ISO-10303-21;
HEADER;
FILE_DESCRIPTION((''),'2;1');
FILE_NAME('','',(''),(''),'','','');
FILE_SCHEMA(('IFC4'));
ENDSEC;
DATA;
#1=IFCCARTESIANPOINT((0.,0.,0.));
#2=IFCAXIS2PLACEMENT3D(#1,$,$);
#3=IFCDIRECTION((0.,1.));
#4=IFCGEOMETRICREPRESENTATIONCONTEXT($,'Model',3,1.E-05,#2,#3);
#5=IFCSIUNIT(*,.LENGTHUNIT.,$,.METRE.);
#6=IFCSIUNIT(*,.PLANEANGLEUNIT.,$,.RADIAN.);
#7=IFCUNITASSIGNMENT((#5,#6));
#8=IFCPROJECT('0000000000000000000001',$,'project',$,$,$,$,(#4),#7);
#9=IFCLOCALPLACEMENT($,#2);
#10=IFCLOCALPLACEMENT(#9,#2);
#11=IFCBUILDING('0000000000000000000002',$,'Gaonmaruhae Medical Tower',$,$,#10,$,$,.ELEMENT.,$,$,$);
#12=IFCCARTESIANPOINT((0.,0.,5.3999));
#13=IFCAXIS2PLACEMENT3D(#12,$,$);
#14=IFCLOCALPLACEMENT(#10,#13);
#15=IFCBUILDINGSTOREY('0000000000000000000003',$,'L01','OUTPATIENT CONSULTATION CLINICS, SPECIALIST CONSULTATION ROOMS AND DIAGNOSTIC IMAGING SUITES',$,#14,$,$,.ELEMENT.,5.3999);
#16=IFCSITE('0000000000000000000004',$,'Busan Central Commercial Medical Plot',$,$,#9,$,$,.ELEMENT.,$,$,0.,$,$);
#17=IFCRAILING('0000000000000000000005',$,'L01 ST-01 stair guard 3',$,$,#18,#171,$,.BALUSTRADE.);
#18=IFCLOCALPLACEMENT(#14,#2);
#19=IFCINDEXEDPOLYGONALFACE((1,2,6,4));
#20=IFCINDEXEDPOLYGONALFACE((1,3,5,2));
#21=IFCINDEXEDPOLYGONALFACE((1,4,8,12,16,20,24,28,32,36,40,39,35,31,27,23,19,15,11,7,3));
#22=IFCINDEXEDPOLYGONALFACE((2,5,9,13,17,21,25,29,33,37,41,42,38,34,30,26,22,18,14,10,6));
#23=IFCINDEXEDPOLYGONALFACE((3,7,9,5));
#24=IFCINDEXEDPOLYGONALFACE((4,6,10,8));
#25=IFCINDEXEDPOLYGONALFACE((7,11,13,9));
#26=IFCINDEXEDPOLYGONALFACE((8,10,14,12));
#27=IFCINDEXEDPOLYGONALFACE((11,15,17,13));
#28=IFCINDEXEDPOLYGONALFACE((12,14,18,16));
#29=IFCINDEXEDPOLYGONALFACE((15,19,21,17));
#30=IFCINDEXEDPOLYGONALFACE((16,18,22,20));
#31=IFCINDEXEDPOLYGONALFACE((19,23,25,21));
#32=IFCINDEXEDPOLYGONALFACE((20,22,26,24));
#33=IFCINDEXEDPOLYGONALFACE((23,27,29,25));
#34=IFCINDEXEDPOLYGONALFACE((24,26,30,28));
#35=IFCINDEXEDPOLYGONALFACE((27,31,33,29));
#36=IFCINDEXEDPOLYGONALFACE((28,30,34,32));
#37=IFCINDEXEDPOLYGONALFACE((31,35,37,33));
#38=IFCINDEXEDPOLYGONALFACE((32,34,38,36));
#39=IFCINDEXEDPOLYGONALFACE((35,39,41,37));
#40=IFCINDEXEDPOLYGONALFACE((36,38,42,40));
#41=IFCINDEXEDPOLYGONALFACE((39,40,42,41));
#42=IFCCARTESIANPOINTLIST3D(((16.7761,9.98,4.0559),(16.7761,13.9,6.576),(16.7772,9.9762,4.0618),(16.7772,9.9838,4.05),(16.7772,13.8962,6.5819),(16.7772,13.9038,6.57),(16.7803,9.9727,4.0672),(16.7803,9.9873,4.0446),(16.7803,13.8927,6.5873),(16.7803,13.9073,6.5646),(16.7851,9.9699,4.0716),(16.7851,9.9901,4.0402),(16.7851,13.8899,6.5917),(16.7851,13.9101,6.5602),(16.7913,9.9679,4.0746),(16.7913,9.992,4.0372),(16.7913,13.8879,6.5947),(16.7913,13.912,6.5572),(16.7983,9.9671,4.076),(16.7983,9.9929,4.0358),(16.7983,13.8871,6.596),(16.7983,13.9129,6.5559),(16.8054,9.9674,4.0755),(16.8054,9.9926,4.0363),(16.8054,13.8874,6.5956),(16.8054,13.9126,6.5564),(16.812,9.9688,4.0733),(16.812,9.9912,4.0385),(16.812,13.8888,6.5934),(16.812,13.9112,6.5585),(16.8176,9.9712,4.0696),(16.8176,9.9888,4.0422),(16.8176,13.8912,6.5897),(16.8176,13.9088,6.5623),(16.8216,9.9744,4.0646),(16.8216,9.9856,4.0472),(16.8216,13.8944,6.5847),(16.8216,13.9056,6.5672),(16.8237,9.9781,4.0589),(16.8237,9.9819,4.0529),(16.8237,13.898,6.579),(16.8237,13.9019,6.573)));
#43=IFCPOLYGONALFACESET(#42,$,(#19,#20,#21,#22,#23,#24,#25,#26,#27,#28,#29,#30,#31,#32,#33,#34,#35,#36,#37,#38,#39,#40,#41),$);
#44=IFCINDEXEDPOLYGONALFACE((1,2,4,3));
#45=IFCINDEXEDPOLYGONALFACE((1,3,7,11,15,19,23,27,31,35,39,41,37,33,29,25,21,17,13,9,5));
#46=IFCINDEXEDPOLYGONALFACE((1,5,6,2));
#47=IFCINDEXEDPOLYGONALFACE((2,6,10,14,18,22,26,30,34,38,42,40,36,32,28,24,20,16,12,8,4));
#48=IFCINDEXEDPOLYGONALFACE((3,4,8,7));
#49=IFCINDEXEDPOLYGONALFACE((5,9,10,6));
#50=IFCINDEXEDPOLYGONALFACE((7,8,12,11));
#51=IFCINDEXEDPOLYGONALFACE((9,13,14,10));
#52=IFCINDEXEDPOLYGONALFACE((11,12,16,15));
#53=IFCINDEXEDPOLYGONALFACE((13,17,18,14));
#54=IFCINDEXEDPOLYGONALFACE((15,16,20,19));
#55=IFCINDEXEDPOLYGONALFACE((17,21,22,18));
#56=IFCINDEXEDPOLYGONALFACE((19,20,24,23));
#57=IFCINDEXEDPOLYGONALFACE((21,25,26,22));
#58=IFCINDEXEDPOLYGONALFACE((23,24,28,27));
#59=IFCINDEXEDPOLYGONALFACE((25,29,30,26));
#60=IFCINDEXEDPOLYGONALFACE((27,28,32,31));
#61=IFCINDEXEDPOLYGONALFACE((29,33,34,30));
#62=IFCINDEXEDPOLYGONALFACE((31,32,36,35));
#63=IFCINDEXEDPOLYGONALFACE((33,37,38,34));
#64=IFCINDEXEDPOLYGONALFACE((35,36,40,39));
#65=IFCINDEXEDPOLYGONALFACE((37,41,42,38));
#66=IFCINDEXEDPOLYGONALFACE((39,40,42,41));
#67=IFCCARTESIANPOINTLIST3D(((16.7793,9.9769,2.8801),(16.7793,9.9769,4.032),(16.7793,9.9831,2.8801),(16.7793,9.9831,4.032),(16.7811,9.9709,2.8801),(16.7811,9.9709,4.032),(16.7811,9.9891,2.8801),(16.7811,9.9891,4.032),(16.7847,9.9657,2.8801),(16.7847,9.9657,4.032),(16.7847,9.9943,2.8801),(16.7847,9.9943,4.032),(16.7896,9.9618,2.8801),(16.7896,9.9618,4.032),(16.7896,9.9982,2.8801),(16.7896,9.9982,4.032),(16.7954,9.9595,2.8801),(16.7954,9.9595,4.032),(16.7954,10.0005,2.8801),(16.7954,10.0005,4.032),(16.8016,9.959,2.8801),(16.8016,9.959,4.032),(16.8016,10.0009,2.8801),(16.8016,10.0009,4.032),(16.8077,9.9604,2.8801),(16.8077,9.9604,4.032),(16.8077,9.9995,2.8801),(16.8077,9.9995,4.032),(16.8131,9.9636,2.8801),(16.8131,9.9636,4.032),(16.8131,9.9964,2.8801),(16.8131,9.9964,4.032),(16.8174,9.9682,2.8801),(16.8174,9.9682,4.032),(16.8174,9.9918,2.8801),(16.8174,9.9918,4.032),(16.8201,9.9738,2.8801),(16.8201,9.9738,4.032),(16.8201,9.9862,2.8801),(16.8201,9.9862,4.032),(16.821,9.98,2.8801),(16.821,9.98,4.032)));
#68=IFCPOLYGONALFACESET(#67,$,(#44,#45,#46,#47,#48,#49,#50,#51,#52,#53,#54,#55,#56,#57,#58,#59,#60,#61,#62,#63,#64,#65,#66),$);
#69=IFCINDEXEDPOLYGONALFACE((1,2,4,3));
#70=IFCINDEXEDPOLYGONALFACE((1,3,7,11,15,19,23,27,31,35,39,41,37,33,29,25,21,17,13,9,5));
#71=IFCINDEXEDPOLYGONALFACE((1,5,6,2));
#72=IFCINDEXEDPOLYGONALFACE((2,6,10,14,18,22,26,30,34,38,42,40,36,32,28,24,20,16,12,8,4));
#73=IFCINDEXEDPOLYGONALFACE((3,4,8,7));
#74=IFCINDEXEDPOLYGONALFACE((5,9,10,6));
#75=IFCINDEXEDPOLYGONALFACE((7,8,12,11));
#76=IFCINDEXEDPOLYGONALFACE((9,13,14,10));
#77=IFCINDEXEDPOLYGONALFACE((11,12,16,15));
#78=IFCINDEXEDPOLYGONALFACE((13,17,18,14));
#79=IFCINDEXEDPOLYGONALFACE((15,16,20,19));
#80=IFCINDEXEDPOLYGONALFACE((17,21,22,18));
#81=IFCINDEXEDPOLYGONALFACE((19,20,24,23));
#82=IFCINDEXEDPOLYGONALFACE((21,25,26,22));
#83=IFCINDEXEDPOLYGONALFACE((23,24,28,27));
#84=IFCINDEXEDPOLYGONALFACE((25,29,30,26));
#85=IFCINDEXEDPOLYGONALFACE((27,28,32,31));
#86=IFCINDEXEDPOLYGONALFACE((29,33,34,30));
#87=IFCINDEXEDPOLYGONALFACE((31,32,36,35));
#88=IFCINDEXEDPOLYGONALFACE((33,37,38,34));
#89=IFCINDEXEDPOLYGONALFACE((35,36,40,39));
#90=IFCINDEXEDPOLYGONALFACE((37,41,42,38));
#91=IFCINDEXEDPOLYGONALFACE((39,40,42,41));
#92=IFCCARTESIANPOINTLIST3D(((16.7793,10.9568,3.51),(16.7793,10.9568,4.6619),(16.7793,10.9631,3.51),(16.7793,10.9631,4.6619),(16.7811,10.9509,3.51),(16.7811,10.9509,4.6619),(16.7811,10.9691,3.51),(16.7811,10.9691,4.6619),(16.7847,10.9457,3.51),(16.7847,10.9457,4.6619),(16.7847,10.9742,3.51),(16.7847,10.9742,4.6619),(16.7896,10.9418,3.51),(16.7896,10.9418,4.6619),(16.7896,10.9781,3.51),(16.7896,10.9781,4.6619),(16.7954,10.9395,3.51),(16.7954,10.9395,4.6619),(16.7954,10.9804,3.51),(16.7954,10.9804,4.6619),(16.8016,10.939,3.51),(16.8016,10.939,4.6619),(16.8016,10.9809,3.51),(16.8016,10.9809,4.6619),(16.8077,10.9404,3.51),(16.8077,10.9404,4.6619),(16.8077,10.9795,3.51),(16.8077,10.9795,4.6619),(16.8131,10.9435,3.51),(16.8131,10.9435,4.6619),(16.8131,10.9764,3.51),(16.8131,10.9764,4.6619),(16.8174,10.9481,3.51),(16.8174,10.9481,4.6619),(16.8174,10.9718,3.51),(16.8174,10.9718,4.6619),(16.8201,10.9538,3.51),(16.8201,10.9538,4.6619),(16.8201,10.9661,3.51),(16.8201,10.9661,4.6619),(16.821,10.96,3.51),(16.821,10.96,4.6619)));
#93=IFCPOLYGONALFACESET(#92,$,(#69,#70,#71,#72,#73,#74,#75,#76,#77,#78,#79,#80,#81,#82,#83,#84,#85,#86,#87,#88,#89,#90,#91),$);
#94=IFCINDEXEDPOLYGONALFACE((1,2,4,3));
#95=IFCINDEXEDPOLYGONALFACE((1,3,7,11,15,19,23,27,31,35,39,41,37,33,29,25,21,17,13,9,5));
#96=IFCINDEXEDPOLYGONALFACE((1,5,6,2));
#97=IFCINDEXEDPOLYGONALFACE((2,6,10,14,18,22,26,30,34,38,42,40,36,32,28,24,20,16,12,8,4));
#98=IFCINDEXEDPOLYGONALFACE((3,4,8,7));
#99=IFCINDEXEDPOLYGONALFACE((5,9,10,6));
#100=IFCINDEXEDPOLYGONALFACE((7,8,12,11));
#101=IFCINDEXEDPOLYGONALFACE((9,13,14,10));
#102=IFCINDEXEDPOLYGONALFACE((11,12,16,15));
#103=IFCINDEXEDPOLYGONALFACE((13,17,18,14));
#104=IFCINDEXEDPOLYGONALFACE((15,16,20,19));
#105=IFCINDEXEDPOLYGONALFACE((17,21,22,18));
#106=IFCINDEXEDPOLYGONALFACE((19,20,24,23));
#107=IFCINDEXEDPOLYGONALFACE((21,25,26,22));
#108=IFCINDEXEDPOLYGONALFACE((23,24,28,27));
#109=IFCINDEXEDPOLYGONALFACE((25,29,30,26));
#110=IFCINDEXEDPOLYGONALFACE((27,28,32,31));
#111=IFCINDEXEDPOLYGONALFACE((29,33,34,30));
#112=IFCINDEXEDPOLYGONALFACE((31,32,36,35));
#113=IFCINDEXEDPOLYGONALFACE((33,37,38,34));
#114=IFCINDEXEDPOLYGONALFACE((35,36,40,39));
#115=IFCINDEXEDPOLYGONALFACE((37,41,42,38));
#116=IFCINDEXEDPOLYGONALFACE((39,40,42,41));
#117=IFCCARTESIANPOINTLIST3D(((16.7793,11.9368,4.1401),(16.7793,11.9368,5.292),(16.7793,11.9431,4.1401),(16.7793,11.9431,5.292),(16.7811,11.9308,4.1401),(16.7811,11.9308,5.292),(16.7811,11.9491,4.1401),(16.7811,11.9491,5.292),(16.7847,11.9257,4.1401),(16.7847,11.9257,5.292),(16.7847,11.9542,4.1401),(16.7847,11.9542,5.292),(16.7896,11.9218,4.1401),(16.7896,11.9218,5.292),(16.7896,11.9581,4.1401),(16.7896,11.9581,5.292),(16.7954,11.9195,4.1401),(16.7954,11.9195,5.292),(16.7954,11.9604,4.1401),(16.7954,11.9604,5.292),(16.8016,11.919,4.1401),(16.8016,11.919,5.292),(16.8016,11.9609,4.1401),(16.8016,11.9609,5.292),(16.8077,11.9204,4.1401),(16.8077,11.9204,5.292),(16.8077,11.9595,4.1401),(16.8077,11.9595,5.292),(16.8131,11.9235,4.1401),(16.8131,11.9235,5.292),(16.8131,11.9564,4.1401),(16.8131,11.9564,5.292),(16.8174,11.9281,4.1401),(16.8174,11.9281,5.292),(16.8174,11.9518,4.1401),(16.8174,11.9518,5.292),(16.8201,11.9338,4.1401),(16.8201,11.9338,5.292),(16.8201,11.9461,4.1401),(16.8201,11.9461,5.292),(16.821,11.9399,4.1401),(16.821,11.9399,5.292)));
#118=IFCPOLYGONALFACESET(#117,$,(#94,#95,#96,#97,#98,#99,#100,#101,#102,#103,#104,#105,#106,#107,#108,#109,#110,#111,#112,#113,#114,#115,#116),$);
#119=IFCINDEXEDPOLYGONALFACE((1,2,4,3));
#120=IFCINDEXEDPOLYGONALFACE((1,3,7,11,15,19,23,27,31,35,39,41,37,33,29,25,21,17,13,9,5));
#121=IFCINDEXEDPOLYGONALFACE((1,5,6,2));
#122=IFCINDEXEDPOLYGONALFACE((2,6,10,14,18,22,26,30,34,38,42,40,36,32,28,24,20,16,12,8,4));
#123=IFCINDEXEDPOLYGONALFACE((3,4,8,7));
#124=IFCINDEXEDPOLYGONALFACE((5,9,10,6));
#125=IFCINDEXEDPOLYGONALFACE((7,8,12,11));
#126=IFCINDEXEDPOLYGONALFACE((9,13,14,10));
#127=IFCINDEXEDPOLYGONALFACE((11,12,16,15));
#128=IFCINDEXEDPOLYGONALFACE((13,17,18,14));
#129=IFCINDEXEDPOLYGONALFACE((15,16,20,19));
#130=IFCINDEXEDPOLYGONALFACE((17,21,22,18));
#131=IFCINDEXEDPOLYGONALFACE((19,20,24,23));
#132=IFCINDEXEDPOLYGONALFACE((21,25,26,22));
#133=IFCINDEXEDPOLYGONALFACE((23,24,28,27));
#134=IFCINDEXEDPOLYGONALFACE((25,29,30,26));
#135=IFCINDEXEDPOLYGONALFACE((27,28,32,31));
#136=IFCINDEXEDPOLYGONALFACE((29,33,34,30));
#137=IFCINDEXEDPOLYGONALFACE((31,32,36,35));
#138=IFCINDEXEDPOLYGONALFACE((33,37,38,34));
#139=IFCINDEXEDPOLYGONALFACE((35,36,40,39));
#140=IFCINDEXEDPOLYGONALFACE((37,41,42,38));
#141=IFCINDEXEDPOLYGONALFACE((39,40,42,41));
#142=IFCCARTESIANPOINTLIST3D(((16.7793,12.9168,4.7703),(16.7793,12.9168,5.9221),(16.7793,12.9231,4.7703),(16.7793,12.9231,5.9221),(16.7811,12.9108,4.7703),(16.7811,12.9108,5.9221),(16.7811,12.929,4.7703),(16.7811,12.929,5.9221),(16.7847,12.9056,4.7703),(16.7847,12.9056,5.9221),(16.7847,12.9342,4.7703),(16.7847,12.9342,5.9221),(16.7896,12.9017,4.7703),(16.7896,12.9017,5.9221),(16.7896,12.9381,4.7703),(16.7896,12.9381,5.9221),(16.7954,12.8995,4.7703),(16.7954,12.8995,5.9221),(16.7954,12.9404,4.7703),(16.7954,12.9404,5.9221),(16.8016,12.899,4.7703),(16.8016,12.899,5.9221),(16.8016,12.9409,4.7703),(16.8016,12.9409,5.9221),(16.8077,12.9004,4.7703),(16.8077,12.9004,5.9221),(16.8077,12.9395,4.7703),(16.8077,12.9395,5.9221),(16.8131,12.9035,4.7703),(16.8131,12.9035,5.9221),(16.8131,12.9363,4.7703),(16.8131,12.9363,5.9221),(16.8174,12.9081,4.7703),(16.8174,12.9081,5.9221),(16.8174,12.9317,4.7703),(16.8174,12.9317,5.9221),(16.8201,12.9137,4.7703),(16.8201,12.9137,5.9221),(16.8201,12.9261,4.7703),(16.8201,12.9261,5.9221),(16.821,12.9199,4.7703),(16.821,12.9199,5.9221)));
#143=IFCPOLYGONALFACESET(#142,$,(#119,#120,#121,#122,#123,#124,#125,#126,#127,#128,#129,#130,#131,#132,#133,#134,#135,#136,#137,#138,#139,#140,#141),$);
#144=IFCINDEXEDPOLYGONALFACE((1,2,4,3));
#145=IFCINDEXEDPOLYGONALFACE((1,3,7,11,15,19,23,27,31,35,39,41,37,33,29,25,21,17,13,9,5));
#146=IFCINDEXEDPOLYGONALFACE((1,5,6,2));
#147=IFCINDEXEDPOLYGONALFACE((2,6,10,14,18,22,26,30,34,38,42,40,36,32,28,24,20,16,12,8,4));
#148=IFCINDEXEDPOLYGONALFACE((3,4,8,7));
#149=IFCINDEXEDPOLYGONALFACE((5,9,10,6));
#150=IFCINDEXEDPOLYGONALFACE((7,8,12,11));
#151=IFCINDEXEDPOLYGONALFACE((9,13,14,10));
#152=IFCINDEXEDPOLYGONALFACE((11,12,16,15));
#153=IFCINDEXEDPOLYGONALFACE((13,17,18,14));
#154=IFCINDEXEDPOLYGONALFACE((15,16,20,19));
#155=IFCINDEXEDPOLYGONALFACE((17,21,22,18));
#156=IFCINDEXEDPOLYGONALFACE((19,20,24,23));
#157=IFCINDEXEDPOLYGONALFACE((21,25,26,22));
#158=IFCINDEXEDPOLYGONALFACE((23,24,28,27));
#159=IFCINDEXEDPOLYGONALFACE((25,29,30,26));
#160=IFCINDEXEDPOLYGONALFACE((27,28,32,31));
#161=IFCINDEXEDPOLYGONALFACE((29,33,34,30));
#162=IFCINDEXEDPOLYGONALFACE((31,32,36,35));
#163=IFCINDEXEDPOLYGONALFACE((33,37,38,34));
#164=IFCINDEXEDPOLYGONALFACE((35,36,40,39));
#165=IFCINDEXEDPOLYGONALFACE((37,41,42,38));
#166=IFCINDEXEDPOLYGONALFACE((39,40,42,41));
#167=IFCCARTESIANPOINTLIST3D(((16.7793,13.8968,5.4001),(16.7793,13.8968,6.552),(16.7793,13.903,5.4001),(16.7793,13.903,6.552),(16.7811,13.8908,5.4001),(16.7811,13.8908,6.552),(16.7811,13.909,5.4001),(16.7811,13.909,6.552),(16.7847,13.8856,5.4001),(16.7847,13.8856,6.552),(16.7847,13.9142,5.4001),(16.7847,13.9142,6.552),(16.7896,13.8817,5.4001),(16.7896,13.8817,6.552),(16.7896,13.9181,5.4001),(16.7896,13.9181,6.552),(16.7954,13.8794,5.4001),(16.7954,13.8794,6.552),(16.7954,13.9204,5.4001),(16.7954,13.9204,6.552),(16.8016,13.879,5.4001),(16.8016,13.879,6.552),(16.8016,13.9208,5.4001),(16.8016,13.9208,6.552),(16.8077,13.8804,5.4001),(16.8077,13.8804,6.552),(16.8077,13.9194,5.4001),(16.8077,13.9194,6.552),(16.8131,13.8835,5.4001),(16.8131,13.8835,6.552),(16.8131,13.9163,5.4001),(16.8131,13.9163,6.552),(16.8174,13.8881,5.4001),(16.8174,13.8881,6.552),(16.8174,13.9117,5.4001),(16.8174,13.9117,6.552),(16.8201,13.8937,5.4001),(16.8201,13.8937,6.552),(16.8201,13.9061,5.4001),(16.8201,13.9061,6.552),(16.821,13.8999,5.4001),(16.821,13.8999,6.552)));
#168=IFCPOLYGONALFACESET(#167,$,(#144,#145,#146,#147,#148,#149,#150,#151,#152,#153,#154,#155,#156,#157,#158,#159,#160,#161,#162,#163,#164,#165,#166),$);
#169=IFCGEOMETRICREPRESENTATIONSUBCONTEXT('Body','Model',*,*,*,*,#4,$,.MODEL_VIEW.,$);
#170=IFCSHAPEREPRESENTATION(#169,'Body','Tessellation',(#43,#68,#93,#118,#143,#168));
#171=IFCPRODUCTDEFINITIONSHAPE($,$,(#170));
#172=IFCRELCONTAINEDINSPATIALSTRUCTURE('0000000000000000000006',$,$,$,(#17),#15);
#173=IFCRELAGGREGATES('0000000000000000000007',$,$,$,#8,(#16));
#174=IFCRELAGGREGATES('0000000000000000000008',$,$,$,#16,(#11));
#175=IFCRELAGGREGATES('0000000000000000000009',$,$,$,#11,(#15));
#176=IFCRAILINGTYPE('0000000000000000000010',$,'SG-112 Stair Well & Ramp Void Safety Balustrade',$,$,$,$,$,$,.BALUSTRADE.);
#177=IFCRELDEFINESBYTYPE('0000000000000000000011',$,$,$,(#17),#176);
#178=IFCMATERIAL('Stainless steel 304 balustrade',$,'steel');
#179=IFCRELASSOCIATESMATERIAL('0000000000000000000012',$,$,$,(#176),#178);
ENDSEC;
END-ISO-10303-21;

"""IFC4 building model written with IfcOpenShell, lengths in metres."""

from ifc_helpers import new_model, si_unit, direction, frame, origin, origin_2d, place, context, subcontext, project, spatial, circle, extrude, material, type_object, element, save


model = new_model("IFC4")

# Units and contexts
model_context = context("Model", 3, precision=1e-05, world=origin(), true_north=direction((0.0, 1.0)))
body_context = subcontext(model_context, "Body", "Model", "MODEL_VIEW")
ifc_project = project(units=[si_unit("LENGTHUNIT", "METRE"), si_unit("PLANEANGLEUNIT", "RADIAN")], contexts=[model_context])

# Site, building, storey
site_placement = place(None, origin())
site = spatial("IfcSite", under=ifc_project, at=site_placement, Name="Busan Central Commercial Medical Plot", CompositionType="ELEMENT", RefElevation=0.0)
building_placement = place(site_placement, origin())
building = spatial("IfcBuilding", under=site, at=building_placement, Name="Gaonmaruhae Medical Tower", CompositionType="ELEMENT")
storey_placement = place(building_placement, frame((0.0, 0.0, 5.3999)))
storey = spatial("IfcBuildingStorey", under=building, at=storey_placement, Name="L01", Description="OUTPATIENT CONSULTATION CLINICS, SPECIALIST CONSULTATION ROOMS AND DIAGNOSTIC IMAGING SUITES", CompositionType="ELEMENT", Elevation=5.3999)

# Railing
ifc_material_1 = material(Name="Stainless steel 304 balustrade", Category="steel")
railing_type_1 = type_object("IfcRailingType", Name="SG-112 Stair Well & Ramp Void Safety Balustrade", PredefinedType="BALUSTRADE", material=ifc_material_1)
railing_1_placement = place(storey_placement, frame((16.8, 9.98, 2.8801)))
element("IfcRailing", 1, at=railing_1_placement, inside=storey, type_object=railing_type_1, Name="L01 ST-01 stair guard 3", PredefinedType="BALUSTRADE", context=body_context, shape_type="SweptSolid", body=[
    extrude(circle(Radius=0.0239, at=origin_2d()), frame((0.0, 0.0, 1.1758), z_axis=(0.0, 0.841172, 0.540768), x_axis=(-1.0, 0.0, 0.0)), (0.0, 0.0, 1.0), 4.6602),
    extrude(circle(Radius=0.021, at=origin_2d()), origin(), (0.0, 0.0, 1.0), 1.1519),
    extrude(circle(Radius=0.021, at=origin_2d()), frame((0.0, 0.98, 0.6299)), (0.0, 0.0, 1.0), 1.1519),
    extrude(circle(Radius=0.021, at=origin_2d()), frame((0.0, 1.96, 1.26)), (0.0, 0.0, 1.0), 1.1519),
    extrude(circle(Radius=0.021, at=origin_2d()), frame((0.0, 2.9399, 1.8901)), (0.0, 0.0, 1.0), 1.1519),
    extrude(circle(Radius=0.021, at=origin_2d()), frame((0.0, 3.9199, 2.52)), (0.0, 0.0, 1.0), 1.1519),
])

save(model, "model.ifc")
